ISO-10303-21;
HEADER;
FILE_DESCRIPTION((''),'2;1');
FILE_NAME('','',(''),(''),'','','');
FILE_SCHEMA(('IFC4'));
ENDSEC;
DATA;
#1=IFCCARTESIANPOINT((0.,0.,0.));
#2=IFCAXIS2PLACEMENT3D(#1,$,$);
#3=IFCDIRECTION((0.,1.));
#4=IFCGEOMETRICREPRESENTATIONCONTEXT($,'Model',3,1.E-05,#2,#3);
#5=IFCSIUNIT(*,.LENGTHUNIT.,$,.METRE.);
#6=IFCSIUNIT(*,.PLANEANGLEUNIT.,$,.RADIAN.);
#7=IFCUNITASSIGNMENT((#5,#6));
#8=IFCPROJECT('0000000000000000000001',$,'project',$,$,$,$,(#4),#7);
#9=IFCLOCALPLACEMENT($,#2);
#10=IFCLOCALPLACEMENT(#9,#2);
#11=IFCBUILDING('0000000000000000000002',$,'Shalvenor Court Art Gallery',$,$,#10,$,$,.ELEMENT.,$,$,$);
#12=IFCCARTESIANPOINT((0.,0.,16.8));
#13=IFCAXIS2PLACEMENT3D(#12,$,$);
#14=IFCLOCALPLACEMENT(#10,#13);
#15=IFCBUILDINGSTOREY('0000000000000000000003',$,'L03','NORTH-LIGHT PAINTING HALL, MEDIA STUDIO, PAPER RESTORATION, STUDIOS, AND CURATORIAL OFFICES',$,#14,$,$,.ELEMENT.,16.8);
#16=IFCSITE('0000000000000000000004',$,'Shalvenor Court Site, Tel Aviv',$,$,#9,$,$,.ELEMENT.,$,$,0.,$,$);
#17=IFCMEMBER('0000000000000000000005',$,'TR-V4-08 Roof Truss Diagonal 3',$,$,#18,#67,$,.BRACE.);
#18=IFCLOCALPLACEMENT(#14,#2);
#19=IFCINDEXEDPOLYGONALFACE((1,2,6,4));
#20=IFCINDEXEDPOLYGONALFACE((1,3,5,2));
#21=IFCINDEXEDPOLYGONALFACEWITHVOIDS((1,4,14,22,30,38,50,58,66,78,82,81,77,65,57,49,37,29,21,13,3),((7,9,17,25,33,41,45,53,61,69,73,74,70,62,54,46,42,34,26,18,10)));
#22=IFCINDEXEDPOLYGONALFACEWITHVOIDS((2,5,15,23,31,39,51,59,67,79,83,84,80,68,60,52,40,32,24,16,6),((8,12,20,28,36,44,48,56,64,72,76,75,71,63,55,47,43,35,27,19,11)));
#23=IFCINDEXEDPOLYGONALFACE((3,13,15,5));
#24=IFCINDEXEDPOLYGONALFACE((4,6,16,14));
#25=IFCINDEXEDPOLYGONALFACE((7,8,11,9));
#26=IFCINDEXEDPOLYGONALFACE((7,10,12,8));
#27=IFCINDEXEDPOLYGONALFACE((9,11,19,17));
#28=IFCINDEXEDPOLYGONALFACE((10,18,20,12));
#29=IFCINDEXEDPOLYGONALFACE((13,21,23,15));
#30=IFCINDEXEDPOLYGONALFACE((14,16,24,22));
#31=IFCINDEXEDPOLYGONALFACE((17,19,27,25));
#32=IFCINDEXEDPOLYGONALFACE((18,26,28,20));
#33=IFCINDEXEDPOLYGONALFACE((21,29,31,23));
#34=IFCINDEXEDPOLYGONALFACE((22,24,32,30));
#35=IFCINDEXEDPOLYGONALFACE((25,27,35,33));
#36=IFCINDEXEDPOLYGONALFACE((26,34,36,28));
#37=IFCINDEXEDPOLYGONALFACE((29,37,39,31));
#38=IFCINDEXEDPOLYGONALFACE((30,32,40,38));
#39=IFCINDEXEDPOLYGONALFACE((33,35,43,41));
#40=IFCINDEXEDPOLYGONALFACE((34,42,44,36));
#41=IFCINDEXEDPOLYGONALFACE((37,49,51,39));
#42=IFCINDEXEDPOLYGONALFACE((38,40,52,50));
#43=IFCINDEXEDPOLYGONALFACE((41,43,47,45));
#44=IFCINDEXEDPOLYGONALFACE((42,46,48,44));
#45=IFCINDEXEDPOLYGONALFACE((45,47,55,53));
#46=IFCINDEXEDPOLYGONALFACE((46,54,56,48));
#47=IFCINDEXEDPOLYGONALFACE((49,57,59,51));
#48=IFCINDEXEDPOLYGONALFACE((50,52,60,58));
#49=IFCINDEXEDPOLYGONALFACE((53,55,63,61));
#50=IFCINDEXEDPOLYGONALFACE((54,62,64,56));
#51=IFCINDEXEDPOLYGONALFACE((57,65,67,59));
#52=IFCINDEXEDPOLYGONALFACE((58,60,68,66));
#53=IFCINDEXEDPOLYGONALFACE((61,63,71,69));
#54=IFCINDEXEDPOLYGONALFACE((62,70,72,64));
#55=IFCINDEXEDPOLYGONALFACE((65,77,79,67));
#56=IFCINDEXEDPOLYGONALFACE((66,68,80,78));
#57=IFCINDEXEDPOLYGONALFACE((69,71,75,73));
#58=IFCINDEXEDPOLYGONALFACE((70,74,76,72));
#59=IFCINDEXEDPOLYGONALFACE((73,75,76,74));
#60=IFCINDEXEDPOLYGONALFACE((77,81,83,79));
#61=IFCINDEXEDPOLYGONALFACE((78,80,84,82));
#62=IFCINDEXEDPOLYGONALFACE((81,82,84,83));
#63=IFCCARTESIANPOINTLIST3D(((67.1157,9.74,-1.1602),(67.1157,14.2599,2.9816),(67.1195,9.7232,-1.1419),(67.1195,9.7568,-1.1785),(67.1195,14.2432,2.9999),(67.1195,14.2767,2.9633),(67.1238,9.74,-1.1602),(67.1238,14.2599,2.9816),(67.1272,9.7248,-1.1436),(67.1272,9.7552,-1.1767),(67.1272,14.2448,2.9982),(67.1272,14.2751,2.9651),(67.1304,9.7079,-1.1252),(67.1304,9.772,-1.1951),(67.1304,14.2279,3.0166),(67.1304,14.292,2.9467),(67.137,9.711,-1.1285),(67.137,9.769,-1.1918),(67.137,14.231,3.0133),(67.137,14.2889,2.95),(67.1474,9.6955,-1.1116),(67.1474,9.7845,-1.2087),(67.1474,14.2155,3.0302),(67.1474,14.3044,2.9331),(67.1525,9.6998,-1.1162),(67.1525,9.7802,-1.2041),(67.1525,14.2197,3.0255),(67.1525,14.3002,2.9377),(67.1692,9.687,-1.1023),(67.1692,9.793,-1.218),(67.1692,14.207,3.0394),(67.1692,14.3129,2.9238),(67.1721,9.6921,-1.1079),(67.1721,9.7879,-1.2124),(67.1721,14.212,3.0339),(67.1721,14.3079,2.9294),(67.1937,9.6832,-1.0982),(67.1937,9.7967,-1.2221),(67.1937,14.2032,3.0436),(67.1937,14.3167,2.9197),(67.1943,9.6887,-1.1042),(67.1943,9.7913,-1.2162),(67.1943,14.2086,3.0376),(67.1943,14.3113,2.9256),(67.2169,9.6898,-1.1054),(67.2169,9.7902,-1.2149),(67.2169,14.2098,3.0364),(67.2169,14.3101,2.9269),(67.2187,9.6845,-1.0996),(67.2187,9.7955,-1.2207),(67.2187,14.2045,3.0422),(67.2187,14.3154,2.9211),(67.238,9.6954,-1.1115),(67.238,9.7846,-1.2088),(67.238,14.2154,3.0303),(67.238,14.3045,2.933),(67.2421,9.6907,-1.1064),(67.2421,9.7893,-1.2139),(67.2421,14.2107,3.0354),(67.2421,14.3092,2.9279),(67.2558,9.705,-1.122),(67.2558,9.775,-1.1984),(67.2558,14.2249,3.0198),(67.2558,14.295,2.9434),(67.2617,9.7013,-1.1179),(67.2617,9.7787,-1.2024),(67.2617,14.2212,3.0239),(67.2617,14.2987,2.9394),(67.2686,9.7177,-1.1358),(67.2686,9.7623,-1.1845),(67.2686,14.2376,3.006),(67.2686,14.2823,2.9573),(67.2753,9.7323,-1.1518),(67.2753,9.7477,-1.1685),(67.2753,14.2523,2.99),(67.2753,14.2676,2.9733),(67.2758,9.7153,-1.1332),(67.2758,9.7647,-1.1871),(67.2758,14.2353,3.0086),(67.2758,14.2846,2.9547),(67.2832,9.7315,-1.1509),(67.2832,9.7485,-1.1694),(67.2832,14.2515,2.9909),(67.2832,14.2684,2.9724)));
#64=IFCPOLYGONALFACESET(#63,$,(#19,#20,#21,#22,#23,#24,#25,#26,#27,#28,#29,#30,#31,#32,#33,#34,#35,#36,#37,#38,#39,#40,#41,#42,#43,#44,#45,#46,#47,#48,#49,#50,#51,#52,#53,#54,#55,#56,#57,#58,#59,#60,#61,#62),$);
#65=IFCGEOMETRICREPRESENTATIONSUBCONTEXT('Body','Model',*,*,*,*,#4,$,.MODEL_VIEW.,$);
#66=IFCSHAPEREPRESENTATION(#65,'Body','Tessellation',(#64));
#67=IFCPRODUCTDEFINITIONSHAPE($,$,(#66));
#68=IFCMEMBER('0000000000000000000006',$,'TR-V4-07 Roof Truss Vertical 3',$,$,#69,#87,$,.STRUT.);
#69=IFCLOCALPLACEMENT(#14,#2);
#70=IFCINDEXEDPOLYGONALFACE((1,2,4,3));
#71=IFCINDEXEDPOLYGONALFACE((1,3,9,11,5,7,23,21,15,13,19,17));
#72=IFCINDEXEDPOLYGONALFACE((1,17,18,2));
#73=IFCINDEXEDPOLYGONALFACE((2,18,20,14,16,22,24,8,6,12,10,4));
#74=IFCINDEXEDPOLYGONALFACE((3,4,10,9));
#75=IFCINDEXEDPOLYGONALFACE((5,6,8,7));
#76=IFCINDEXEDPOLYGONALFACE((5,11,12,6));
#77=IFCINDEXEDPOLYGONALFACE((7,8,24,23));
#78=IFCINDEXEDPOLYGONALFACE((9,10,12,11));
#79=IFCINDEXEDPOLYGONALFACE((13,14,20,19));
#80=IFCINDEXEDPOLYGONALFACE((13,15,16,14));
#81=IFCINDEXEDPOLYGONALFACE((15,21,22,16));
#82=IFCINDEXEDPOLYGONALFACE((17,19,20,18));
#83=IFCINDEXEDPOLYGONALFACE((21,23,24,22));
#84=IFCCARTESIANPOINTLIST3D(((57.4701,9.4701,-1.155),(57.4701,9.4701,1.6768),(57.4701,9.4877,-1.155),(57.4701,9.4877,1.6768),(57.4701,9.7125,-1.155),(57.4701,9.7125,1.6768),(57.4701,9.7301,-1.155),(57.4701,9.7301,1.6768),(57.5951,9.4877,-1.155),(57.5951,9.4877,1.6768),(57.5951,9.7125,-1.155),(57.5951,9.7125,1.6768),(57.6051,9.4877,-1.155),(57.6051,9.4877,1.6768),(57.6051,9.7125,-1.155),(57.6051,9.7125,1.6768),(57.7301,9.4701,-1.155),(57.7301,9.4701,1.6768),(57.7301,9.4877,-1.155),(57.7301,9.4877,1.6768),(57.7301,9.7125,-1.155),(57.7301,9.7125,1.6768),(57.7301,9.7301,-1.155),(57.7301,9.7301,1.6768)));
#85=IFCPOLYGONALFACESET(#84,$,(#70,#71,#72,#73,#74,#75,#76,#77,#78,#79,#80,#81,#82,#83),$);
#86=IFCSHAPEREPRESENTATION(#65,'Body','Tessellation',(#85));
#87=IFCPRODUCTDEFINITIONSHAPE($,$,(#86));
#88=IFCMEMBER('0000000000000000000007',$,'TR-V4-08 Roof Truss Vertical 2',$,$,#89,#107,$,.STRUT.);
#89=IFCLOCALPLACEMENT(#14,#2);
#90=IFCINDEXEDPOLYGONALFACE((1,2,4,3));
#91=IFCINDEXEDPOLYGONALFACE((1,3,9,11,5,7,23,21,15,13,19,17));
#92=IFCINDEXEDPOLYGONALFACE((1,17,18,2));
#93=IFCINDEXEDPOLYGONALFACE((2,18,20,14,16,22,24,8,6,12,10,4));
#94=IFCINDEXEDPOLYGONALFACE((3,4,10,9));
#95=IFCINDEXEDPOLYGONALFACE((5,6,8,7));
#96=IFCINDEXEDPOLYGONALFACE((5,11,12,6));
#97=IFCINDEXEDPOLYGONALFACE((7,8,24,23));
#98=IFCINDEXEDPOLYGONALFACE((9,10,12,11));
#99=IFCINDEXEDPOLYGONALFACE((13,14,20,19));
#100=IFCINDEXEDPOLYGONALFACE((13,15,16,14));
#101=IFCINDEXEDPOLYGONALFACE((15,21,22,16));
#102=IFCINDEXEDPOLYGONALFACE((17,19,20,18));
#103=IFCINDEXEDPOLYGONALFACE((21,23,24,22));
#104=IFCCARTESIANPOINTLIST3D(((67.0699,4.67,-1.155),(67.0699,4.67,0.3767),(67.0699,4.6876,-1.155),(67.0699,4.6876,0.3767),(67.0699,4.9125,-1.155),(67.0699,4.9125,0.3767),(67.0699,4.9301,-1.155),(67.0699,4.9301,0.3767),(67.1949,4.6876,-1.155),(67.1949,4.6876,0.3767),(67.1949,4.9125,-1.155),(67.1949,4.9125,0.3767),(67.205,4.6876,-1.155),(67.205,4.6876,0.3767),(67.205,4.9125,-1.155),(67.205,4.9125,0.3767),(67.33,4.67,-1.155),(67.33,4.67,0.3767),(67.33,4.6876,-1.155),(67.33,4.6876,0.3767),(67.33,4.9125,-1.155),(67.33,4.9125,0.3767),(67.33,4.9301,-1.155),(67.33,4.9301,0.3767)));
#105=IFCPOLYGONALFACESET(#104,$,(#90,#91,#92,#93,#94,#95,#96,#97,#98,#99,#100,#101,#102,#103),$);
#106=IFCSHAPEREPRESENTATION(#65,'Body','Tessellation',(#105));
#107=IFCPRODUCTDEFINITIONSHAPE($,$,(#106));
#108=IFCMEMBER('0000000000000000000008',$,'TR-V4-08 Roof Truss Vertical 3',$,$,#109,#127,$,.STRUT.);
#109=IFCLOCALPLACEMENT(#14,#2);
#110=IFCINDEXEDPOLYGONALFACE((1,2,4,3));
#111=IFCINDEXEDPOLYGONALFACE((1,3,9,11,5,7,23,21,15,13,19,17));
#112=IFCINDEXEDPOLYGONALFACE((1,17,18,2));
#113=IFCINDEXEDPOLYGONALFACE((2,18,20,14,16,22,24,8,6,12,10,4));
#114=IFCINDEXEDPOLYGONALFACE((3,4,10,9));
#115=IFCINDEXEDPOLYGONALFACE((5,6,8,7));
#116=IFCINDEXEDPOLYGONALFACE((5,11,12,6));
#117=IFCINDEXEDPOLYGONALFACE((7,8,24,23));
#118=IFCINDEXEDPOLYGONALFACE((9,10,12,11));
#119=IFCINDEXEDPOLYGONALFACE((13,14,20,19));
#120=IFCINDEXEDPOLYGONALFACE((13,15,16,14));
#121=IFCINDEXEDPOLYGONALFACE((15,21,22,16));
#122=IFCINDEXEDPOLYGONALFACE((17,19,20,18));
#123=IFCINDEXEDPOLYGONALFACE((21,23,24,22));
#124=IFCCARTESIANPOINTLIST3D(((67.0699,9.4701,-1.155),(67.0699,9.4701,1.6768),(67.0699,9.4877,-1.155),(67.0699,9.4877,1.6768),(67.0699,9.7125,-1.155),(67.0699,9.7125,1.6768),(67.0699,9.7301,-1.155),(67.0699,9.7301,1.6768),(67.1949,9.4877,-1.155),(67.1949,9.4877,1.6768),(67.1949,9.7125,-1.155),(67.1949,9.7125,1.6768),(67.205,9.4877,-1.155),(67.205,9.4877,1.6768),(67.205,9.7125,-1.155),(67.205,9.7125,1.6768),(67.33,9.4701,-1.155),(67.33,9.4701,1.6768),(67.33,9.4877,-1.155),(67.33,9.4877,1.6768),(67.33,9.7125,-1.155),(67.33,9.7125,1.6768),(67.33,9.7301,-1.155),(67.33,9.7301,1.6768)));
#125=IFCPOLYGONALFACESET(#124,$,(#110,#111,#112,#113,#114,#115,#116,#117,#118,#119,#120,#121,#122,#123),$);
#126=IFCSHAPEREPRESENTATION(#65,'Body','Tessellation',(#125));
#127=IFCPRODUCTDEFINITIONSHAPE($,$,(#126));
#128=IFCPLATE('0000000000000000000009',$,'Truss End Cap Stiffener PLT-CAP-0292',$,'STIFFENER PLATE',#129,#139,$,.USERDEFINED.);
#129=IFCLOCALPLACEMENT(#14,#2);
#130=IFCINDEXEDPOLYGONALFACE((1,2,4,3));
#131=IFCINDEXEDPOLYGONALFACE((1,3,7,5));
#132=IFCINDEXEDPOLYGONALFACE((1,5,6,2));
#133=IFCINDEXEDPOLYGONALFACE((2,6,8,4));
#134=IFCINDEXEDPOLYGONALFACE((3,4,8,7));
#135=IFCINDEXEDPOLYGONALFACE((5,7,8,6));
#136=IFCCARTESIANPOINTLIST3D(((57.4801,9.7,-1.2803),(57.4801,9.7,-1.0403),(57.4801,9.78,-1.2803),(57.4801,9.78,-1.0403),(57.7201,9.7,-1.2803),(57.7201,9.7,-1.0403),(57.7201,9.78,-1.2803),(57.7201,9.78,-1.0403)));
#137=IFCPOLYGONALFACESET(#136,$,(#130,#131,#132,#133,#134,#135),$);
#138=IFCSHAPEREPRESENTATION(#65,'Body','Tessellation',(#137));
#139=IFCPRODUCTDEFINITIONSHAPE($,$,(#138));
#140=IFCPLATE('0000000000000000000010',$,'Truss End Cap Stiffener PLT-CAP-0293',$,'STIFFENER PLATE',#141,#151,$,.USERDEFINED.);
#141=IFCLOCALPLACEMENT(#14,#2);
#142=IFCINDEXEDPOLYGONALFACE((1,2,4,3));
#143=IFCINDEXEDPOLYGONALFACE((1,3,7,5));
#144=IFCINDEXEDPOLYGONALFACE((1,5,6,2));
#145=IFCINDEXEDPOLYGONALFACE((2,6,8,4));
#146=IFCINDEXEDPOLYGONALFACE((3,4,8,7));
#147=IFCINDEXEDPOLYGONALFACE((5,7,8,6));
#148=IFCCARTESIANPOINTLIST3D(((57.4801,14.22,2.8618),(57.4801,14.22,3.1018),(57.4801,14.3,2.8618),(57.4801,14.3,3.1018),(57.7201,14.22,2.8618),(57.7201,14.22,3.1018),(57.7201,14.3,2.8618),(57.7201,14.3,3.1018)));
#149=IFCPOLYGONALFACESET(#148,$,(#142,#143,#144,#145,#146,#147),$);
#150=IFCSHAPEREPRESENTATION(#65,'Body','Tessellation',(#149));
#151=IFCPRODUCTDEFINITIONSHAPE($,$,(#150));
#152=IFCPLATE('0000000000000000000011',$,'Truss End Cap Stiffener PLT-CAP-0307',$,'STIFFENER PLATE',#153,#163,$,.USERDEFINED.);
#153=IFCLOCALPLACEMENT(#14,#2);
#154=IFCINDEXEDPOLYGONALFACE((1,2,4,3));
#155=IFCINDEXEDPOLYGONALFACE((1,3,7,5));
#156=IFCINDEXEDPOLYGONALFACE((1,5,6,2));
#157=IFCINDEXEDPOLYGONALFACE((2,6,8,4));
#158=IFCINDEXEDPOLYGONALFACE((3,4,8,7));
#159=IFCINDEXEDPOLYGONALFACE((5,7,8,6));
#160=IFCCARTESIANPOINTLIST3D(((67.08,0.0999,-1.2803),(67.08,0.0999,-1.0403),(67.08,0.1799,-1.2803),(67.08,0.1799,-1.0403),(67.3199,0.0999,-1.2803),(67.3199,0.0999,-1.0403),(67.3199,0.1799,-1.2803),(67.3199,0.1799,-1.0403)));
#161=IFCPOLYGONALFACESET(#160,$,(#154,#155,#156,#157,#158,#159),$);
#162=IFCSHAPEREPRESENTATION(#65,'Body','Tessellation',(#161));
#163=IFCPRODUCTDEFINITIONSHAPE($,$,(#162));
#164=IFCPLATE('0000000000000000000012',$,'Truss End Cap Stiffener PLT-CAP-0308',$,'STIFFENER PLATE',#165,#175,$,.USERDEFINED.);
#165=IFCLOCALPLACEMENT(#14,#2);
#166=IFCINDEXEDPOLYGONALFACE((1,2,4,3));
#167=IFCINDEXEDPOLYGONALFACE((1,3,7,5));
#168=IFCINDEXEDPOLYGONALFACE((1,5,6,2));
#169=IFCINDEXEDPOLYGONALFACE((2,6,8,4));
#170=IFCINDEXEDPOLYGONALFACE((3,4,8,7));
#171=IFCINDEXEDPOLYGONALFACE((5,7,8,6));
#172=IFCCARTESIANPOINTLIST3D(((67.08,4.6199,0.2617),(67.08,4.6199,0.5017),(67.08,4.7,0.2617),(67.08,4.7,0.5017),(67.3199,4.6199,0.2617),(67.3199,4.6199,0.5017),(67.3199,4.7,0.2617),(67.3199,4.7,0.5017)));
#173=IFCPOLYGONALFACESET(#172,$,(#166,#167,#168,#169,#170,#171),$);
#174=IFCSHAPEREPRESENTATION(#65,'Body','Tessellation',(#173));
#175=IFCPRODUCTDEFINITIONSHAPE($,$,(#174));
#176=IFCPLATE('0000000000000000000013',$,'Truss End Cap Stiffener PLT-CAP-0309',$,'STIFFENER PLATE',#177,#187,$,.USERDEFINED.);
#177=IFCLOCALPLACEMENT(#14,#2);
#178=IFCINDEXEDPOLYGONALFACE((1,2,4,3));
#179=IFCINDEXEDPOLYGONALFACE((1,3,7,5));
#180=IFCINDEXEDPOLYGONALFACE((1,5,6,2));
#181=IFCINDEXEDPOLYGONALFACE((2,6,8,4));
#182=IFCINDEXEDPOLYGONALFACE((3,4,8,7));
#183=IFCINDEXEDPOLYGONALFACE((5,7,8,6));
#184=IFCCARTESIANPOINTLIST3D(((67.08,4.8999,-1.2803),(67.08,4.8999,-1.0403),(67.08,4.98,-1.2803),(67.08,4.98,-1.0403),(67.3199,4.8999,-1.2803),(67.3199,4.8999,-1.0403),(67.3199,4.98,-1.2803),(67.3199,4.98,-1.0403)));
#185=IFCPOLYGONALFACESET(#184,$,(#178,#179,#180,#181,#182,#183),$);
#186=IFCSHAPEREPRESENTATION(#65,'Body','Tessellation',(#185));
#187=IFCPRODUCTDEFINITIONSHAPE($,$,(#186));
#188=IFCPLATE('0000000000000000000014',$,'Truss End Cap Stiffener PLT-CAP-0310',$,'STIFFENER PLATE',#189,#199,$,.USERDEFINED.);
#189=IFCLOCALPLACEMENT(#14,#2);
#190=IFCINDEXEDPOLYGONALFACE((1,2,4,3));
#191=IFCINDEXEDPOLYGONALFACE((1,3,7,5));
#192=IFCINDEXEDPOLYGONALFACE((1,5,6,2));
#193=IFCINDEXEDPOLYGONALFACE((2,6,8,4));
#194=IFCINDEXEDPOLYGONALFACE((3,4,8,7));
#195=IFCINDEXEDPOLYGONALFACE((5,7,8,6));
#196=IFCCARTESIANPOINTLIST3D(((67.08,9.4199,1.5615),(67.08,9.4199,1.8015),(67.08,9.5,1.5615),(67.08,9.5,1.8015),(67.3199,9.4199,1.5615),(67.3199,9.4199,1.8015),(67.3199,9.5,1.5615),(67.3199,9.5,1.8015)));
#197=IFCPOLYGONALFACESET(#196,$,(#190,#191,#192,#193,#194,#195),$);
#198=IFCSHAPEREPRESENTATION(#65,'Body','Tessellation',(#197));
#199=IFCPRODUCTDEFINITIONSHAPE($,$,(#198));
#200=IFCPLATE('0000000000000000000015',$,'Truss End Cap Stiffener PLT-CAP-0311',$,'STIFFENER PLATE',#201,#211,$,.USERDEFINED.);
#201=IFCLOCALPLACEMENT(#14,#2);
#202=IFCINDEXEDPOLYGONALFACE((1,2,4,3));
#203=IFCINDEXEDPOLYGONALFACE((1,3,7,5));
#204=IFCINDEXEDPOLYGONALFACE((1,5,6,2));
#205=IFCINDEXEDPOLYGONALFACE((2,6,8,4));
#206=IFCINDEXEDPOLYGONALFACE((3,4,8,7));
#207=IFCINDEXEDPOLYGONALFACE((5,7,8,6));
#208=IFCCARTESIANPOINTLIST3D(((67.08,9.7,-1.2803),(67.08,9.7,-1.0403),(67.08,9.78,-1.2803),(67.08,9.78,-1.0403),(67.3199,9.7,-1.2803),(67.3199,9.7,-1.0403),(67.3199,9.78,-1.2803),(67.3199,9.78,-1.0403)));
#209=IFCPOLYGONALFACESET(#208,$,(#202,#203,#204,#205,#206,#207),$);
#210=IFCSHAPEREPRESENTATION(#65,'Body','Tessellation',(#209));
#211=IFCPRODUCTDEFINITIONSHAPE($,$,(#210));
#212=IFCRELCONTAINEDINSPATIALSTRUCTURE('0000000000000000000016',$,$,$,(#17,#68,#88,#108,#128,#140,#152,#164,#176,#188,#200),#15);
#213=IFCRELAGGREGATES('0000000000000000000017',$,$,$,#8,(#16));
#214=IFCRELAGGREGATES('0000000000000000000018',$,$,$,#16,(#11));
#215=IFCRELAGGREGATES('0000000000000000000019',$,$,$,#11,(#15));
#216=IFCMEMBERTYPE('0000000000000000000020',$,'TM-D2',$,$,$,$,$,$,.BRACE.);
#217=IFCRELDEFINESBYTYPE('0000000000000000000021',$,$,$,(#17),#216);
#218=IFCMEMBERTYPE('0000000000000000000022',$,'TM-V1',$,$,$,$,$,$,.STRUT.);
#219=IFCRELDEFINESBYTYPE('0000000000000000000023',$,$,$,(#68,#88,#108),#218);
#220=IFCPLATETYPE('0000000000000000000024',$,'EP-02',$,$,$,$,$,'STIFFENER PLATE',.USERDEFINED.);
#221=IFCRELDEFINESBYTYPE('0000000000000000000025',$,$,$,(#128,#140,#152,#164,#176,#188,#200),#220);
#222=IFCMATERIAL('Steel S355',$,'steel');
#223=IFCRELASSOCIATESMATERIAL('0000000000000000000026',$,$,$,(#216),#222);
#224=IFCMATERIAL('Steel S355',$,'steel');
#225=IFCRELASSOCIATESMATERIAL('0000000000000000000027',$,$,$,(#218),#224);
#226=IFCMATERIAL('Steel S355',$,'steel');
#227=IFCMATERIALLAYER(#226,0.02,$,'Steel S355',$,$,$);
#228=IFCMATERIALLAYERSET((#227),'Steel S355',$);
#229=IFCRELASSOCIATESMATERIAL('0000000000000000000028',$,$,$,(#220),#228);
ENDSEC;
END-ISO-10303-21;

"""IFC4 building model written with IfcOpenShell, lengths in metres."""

from ifc_helpers import new_model, si_unit, direction, frame, origin, origin_2d, place, context, subcontext, project, spatial, rectangle, hollow_circle, i_section, extrude, material, layer, layer_set, material_profile, profile_set, type_object, element, save


model = new_model("IFC4")

# Units and contexts
model_context = context("Model", 3, precision=1e-05, world=origin(), true_north=direction((0.0, 1.0)))
body_context = subcontext(model_context, "Body", "Model", "MODEL_VIEW")
ifc_project = project(units=[si_unit("LENGTHUNIT", "METRE"), si_unit("PLANEANGLEUNIT", "RADIAN")], contexts=[model_context])

# Site, building, storey
site_placement = place(None, origin())
site = spatial("IfcSite", under=ifc_project, at=site_placement, Name="Shalvenor Court Site, Tel Aviv", CompositionType="ELEMENT", RefElevation=0.0)
building_placement = place(site_placement, origin())
building = spatial("IfcBuilding", under=site, at=building_placement, Name="Shalvenor Court Art Gallery", CompositionType="ELEMENT")
storey_placement = place(building_placement, frame((0.0, 0.0, 16.8)))
storey = spatial("IfcBuildingStorey", under=building, at=storey_placement, Name="L03", Description="NORTH-LIGHT PAINTING HALL, MEDIA STUDIO, PAPER RESTORATION, STUDIOS, AND CURATORIAL OFFICES", CompositionType="ELEMENT", Elevation=16.8)

# Members
ifc_material_1 = material(Name="Steel S355", Category="steel")
ifc_material_profile_1 = material_profile(ifc_material_1, hollow_circle(Radius=0.0842, WallThickness=0.0081, at=origin_2d()), Name="CHS 168.3x8.0")
ifc_profile_set_1 = profile_set([ifc_material_profile_1], Name="Steel S355")
member_type_1 = type_object("IfcMemberType", Name="TM-D2", PredefinedType="BRACE", material=ifc_profile_set_1)
member_1_placement = place(storey_placement, frame((67.2, 9.74, -1.1602), z_axis=(0.0, 0.737276, 0.675591), x_axis=(-1.0, 0.0, 0.0)))
element("IfcMember", 1, at=member_1_placement, inside=storey, type_object=member_type_1, Name="TR-V4-08 Roof Truss Diagonal 3", PredefinedType="BRACE", context=body_context, shape_type="SweptSolid", body=[
    extrude(hollow_circle(Radius=0.0842, WallThickness=0.0081, at=origin_2d()), origin(), (0.0, 0.0, 1.0), 6.1306),
])
ifc_material_2 = material(Name="Steel S355", Category="steel")
ifc_material_profile_2 = material_profile(ifc_material_2, i_section(OverallWidth=0.26, OverallDepth=0.26, WebThickness=0.01, FlangeThickness=0.0176, at=origin_2d()), Name="HEB 260")
ifc_profile_set_2 = profile_set([ifc_material_profile_2], Name="Steel S355")
member_type_2 = type_object("IfcMemberType", Name="TM-V1", PredefinedType="STRUT", material=ifc_profile_set_2)
member_2_placement = place(storey_placement, frame((57.6001, 9.6001, -1.155), z_axis=(0.0, 0.0, 1.0), x_axis=(1.0, 0.0, 0.0)))
element("IfcMember", 2, at=member_2_placement, inside=storey, type_object=member_type_2, Name="TR-V4-07 Roof Truss Vertical 3", PredefinedType="STRUT", context=body_context, shape_type="SweptSolid", body=[
    extrude(i_section(OverallWidth=0.26, OverallDepth=0.26, WebThickness=0.01, FlangeThickness=0.0176, at=origin_2d()), origin(), (0.0, 0.0, 1.0), 2.8318),
])
member_3_placement = place(storey_placement, frame((67.2, 4.8, -1.155), z_axis=(0.0, 0.0, 1.0), x_axis=(1.0, 0.0, 0.0)))
element("IfcMember", 3, at=member_3_placement, inside=storey, type_object=member_type_2, Name="TR-V4-08 Roof Truss Vertical 2", PredefinedType="STRUT", context=body_context, shape_type="SweptSolid", body=[
    extrude(i_section(OverallWidth=0.26, OverallDepth=0.26, WebThickness=0.01, FlangeThickness=0.0176, at=origin_2d()), origin(), (0.0, 0.0, 1.0), 1.5317),
])
member_4_placement = place(storey_placement, frame((67.2, 9.6001, -1.155), z_axis=(0.0, 0.0, 1.0), x_axis=(1.0, 0.0, 0.0)))
element("IfcMember", 4, at=member_4_placement, inside=storey, type_object=member_type_2, Name="TR-V4-08 Roof Truss Vertical 3", PredefinedType="STRUT", context=body_context, shape_type="SweptSolid", body=[
    extrude(i_section(OverallWidth=0.26, OverallDepth=0.26, WebThickness=0.01, FlangeThickness=0.0176, at=origin_2d()), origin(), (0.0, 0.0, 1.0), 2.8318),
])

# Plates
ifc_material_3 = material(Name="Steel S355", Category="steel")
ifc_layer_1 = layer(ifc_material_3, 0.02, Name="Steel S355")
ifc_layer_set_1 = layer_set([ifc_layer_1], Name="Steel S355")
plate_type_1 = type_object("IfcPlateType", Name="EP-02", ElementType="STIFFENER PLATE", PredefinedType="USERDEFINED", material=ifc_layer_set_1)
for number, where, z_axis, x_axis, name in (
    (5, (57.6001, 9.74, -1.2803), (0.0, 0.0, 1.0), (1.0, 0.0, 0.0), "Truss End Cap Stiffener PLT-CAP-0292"),
    (6, (57.6001, 14.26, 2.8618), (0.0, 0.0, 1.0), (1.0, 0.0, 0.0), "Truss End Cap Stiffener PLT-CAP-0293"),
    (7, (67.2, 0.1399, -1.2803), (0.0, 0.0, 1.0), (1.0, 0.0, 0.0), "Truss End Cap Stiffener PLT-CAP-0307"),
    (8, (67.2, 4.6599, 0.2617), (0.0, 0.0, 1.0), (1.0, 0.0, 0.0), "Truss End Cap Stiffener PLT-CAP-0308"),
    (9, (67.2, 4.9399, -1.2803), (0.0, 0.0, 1.0), (1.0, 0.0, 0.0), "Truss End Cap Stiffener PLT-CAP-0309"),
    (10, (67.2, 9.46, 1.5615), (0.0, 0.0, 1.0), (1.0, 0.0, 0.0), "Truss End Cap Stiffener PLT-CAP-0310"),
    (11, (67.2, 9.74, -1.2803), (0.0, 0.0, 1.0), (1.0, 0.0, 0.0), "Truss End Cap Stiffener PLT-CAP-0311"),
):
    element("IfcPlate", number, at=place(storey_placement, frame(where, z_axis=z_axis, x_axis=x_axis)), inside=storey, type_object=plate_type_1, Name=name, ObjectType="STIFFENER PLATE", PredefinedType="USERDEFINED", context=body_context, shape_type="SweptSolid", body=[
        extrude(rectangle(XDim=0.24, YDim=0.0801, at=origin_2d()), origin(), (0.0, 0.0, 1.0), 0.24),
    ])

save(model, "model.ifc")
